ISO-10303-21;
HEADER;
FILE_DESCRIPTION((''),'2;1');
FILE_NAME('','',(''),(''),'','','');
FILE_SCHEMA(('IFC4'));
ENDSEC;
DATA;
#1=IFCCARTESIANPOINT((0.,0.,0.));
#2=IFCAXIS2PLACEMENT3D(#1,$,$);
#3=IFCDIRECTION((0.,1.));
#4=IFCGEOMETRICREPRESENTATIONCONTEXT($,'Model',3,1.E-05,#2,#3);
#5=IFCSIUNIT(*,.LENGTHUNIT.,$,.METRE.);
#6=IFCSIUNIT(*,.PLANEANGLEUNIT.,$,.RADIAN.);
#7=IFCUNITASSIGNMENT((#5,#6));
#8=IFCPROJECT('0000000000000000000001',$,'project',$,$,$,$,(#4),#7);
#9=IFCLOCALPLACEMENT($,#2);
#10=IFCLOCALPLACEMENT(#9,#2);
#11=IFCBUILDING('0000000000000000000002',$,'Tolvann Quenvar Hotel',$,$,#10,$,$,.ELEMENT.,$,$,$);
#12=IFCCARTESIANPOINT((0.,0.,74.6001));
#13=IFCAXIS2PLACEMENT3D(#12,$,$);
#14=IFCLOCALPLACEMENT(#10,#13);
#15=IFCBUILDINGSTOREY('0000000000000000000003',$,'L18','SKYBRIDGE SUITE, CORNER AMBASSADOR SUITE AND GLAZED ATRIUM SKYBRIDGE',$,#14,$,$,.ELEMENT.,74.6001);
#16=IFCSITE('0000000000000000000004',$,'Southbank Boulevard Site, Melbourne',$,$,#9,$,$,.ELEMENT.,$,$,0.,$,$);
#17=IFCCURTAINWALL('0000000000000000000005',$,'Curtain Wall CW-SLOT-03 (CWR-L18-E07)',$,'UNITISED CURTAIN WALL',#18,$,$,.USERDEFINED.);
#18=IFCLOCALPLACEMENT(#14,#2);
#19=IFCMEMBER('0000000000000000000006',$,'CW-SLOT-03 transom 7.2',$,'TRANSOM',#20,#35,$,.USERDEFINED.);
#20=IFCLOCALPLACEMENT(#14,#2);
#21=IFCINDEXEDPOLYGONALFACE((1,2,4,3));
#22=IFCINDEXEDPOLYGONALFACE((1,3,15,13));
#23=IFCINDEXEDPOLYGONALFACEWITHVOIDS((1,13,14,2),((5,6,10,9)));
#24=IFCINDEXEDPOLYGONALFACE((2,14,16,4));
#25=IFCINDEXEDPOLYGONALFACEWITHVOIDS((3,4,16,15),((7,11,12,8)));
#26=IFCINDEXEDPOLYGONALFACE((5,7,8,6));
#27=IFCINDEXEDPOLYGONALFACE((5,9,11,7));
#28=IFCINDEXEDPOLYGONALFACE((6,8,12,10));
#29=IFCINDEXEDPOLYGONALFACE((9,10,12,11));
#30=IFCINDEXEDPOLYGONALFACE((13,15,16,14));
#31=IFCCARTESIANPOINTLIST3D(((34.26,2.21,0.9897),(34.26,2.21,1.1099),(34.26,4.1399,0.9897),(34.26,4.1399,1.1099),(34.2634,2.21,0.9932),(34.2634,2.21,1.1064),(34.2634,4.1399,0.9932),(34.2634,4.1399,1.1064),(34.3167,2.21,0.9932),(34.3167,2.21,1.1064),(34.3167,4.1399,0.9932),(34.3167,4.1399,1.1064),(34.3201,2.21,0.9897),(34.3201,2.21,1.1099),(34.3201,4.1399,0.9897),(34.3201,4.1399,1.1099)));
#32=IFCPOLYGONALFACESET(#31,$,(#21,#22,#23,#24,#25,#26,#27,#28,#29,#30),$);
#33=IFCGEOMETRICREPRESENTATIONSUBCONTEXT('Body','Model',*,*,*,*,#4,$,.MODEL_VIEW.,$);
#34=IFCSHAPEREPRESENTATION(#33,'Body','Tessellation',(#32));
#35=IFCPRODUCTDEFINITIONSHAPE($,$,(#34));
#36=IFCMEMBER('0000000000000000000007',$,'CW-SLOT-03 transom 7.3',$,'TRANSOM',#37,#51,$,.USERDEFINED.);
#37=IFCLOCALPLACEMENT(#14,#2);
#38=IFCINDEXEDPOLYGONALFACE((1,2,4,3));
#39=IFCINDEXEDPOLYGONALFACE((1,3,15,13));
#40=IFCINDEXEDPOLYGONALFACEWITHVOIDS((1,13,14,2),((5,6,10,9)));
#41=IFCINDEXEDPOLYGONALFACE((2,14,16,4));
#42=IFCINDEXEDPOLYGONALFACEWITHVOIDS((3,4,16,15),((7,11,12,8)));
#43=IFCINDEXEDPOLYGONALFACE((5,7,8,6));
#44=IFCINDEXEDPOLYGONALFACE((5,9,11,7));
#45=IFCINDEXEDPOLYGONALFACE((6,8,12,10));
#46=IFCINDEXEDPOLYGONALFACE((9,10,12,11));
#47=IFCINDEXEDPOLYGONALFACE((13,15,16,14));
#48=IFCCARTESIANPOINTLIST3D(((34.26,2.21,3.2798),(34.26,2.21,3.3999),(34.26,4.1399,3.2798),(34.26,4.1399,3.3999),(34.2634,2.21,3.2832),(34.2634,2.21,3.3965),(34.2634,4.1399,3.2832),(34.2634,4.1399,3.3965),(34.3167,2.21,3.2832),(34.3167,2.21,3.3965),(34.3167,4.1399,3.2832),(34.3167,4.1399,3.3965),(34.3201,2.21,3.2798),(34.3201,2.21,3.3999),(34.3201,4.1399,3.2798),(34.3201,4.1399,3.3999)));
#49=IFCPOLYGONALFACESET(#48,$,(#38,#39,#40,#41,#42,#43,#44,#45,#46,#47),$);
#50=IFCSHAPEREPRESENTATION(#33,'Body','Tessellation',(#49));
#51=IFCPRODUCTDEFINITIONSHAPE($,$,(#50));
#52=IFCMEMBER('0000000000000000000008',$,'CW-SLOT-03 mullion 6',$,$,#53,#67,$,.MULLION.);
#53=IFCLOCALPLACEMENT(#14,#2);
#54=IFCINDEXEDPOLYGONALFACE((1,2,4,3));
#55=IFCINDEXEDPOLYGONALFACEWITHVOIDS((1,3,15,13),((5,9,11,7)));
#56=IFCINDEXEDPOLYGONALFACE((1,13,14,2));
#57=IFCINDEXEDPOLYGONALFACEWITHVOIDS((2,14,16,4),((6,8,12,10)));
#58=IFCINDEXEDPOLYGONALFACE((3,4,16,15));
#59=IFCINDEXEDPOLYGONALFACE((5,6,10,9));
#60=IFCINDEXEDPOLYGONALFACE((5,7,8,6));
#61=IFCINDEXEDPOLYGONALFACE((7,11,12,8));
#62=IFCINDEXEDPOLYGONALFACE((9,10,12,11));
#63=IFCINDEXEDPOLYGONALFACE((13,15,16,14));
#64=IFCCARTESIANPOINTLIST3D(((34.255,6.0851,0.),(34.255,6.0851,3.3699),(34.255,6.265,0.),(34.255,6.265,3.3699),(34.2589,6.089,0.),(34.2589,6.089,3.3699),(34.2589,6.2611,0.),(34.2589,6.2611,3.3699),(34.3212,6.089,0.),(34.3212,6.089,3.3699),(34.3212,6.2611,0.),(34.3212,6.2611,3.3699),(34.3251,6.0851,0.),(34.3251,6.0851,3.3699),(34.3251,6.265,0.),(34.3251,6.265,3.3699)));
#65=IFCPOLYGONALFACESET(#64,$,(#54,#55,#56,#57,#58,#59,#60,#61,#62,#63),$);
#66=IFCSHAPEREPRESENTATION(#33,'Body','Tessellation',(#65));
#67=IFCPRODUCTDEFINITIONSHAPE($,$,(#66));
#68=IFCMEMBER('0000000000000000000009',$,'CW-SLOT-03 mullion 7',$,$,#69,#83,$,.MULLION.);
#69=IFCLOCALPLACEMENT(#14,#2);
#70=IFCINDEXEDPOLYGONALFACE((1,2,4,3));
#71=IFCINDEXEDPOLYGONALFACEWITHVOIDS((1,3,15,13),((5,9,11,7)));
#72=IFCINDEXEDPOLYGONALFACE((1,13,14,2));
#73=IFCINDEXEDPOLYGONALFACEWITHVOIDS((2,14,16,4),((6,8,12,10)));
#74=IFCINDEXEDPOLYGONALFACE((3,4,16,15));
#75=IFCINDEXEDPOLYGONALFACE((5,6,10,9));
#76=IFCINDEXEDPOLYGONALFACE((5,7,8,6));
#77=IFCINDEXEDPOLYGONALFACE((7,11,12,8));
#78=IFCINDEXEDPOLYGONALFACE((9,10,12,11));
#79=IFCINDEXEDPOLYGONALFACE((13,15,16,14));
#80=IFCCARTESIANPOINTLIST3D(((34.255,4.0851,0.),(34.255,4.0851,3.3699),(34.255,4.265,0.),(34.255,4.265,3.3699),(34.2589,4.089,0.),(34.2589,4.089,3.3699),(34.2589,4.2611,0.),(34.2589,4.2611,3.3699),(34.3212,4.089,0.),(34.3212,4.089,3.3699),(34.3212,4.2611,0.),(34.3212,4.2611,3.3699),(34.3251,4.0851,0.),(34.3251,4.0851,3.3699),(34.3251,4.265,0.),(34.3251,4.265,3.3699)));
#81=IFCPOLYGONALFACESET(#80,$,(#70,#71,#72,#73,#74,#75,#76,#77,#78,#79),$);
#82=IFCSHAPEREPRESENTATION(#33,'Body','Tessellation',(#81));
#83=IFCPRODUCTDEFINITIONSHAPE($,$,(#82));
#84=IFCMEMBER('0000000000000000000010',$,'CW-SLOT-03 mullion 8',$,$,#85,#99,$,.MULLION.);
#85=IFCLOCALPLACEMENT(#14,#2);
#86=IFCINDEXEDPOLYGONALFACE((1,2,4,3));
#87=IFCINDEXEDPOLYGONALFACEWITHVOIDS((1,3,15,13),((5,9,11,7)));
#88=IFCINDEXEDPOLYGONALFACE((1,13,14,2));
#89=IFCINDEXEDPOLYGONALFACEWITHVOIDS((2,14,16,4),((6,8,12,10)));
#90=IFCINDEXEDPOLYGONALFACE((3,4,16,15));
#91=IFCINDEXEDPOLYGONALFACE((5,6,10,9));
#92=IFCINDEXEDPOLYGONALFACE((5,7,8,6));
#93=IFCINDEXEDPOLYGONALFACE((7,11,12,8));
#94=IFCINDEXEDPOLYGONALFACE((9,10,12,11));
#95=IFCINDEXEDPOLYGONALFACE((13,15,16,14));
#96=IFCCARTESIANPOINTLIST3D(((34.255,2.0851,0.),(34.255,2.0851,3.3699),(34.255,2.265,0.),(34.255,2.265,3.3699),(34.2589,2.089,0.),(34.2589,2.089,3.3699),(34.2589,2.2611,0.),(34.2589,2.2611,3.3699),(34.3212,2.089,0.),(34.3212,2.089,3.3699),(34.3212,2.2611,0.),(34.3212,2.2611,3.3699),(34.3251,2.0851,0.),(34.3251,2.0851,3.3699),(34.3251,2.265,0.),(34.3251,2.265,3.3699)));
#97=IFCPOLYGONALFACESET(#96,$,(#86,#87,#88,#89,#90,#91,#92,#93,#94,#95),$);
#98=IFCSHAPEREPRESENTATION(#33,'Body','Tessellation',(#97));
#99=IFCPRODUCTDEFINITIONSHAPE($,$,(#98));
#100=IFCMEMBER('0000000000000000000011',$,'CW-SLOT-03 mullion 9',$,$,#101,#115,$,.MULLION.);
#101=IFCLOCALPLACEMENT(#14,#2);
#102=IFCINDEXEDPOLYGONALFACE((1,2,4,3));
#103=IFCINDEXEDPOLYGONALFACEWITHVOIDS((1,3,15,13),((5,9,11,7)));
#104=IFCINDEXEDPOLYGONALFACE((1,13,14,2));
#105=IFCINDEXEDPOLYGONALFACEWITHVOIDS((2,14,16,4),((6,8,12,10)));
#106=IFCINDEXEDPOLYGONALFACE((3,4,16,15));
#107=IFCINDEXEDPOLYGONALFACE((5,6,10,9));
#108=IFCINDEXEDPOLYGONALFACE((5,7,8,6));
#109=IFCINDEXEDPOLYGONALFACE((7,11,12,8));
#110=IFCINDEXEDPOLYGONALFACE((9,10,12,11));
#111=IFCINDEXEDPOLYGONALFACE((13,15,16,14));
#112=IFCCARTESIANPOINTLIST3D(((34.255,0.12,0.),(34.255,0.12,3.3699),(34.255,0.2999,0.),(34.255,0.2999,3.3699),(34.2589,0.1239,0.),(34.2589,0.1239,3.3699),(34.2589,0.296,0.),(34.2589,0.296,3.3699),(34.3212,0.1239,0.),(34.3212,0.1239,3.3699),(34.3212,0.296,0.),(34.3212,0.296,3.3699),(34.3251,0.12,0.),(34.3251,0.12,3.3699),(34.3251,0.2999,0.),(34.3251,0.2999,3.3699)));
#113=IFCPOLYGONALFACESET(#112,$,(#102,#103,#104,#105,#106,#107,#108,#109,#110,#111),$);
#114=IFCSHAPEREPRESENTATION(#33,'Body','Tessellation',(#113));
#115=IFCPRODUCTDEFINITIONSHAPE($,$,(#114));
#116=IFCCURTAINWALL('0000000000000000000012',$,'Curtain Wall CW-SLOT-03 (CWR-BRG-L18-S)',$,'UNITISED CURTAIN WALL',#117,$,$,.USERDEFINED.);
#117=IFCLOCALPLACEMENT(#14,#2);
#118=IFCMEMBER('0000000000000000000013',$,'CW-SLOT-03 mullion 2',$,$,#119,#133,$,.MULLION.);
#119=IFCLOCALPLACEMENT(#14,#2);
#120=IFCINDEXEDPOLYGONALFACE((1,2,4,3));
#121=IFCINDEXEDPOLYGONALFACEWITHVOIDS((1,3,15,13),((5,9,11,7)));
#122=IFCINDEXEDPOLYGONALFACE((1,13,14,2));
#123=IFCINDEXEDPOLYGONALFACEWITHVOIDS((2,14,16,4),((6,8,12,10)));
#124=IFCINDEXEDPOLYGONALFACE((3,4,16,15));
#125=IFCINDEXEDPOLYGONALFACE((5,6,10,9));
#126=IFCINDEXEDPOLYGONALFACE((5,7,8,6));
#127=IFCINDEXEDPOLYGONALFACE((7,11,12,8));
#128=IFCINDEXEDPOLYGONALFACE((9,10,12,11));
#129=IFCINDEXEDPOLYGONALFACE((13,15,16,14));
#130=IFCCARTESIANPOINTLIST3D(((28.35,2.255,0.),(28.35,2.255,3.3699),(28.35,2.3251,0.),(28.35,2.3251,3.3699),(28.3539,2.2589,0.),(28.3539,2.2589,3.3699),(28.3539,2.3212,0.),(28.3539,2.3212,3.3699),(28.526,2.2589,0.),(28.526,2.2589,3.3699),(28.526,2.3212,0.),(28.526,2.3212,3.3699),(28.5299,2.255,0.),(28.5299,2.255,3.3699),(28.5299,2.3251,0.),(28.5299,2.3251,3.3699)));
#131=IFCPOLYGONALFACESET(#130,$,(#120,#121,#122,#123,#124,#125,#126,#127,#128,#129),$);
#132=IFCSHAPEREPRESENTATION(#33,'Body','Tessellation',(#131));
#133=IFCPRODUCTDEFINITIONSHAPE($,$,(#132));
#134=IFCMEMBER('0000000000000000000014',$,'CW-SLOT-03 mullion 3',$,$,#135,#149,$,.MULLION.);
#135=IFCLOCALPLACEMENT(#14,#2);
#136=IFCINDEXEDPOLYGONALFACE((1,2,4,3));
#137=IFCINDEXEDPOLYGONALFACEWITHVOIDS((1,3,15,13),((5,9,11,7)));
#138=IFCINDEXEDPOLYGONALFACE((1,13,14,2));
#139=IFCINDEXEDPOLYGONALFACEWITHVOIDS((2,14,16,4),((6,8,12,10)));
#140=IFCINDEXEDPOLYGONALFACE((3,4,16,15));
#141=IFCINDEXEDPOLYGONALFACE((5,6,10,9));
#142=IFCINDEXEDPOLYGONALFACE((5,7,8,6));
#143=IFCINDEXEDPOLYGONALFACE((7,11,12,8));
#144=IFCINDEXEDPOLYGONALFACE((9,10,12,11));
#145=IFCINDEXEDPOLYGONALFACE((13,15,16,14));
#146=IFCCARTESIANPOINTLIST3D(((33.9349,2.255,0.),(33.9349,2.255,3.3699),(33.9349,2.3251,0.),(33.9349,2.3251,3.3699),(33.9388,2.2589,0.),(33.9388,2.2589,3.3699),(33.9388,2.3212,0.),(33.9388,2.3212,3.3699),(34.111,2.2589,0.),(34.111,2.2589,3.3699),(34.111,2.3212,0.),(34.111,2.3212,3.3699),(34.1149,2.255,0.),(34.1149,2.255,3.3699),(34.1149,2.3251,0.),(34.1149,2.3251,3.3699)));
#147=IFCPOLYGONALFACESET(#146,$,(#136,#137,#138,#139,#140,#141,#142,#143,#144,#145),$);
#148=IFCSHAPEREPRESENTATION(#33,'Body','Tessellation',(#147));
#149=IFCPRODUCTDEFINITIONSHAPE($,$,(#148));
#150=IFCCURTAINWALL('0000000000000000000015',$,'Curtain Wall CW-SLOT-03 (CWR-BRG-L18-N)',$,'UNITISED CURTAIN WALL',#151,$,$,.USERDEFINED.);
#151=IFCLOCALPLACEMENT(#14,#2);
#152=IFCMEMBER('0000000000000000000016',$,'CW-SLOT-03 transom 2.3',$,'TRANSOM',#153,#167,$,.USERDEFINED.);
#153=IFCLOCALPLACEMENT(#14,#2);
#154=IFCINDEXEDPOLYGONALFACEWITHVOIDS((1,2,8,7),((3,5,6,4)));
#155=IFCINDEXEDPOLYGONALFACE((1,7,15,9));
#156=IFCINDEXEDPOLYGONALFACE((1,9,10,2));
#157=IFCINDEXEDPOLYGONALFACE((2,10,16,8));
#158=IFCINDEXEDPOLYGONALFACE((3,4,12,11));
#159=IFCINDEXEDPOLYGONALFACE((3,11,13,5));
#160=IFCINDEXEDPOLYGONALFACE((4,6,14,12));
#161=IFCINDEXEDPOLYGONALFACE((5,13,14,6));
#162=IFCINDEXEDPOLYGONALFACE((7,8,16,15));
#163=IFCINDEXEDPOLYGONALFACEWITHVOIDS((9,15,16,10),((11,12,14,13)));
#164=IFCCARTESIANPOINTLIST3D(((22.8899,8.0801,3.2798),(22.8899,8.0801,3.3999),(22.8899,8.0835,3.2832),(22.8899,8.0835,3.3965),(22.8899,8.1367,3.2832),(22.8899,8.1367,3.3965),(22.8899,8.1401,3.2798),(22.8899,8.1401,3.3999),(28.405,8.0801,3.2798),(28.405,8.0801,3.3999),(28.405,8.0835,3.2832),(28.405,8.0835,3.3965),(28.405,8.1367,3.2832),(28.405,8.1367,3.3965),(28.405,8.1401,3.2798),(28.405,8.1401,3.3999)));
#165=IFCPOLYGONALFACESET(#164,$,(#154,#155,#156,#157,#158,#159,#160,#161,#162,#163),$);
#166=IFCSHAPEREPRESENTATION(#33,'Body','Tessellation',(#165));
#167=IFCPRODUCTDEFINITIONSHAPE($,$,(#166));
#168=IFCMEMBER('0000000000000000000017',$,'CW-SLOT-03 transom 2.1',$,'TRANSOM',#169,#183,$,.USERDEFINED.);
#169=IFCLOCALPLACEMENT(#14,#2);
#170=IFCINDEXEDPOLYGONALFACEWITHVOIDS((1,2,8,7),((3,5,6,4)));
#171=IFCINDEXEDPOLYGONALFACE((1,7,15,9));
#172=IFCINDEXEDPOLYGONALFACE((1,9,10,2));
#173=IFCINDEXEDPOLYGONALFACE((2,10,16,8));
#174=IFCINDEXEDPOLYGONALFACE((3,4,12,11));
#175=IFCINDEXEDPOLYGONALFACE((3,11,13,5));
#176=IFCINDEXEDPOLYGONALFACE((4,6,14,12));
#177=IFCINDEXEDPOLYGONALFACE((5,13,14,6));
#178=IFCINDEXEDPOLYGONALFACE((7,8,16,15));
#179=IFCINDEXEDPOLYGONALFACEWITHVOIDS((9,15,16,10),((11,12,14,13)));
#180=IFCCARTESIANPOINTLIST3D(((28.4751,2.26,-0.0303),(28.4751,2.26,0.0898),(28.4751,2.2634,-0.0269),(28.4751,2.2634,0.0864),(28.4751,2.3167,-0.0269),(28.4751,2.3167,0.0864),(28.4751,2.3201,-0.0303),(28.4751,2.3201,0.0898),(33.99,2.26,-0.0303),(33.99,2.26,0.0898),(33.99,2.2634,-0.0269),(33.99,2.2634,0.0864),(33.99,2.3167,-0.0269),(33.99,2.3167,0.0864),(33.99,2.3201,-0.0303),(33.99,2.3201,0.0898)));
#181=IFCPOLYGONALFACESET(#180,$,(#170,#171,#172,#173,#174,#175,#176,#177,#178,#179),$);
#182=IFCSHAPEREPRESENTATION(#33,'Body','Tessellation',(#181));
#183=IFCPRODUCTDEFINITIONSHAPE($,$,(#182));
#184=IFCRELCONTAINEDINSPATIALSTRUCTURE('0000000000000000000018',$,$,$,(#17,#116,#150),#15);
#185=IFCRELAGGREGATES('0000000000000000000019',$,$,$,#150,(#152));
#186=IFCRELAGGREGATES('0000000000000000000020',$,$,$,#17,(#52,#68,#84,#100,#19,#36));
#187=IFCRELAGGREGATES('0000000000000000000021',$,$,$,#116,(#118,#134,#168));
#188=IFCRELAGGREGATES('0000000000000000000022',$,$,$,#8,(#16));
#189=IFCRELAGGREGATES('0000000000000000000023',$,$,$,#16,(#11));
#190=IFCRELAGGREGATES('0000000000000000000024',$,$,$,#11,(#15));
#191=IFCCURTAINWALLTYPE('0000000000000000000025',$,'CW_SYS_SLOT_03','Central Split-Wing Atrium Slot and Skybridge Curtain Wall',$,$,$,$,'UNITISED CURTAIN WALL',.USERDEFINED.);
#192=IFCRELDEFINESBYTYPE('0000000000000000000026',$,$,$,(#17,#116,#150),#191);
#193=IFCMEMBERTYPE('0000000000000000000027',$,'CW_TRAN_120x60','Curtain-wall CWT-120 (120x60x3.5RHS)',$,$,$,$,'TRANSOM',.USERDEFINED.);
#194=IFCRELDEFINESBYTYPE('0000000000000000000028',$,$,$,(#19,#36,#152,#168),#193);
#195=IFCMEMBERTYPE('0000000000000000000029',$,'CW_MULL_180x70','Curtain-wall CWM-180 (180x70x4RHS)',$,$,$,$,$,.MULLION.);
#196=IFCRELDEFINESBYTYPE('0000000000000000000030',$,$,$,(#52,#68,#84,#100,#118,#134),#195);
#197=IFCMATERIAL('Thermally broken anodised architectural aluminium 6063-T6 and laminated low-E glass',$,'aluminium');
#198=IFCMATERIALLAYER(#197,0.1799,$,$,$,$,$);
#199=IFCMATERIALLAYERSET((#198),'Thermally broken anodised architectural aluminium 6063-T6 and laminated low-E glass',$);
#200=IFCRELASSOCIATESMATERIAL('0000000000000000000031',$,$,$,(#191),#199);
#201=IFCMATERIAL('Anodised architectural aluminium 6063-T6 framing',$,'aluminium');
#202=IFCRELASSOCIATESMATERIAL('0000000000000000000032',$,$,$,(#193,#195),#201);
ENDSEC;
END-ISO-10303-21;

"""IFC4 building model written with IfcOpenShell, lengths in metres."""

from ifc_helpers import new_model, si_unit, direction, frame, origin, origin_2d, place, context, subcontext, project, spatial, hollow_rectangle, extrude, source, transform, mapped, material, layer, layer_set, material_profile, profile_set, type_object, type_shapes, element, aggregate, save


model = new_model("IFC4")

# Units and contexts
model_context = context("Model", 3, precision=1e-05, world=origin(), true_north=direction((0.0, 1.0)))
body_context = subcontext(model_context, "Body", "Model", "MODEL_VIEW")
ifc_project = project(units=[si_unit("LENGTHUNIT", "METRE"), si_unit("PLANEANGLEUNIT", "RADIAN")], contexts=[model_context])

# Site, building, storey
site_placement = place(None, origin())
site = spatial("IfcSite", under=ifc_project, at=site_placement, Name="Southbank Boulevard Site, Melbourne", CompositionType="ELEMENT", RefElevation=0.0)
building_placement = place(site_placement, origin())
building = spatial("IfcBuilding", under=site, at=building_placement, Name="Tolvann Quenvar Hotel", CompositionType="ELEMENT")
storey_placement = place(building_placement, frame((0.0, 0.0, 74.6001)))
storey = spatial("IfcBuildingStorey", under=building, at=storey_placement, Name="L18", Description="SKYBRIDGE SUITE, CORNER AMBASSADOR SUITE AND GLAZED ATRIUM SKYBRIDGE", CompositionType="ELEMENT", Elevation=74.6001)

# Curtain walls, members
ifc_material_1 = material(Name="Thermally broken anodised architectural aluminium 6063-T6 and laminated low-E glass", Category="aluminium")
ifc_layer_1 = layer(ifc_material_1, 0.1799)
ifc_layer_set_1 = layer_set([ifc_layer_1], Name="Thermally broken anodised architectural aluminium 6063-T6 and laminated low-E glass")
curtain_wall_type = type_object("IfcCurtainWallType", Name="CW_SYS_SLOT_03", Description="Central Split-Wing Atrium Slot and Skybridge Curtain Wall", ElementType="UNITISED CURTAIN WALL", PredefinedType="USERDEFINED", material=ifc_layer_set_1)
curtain_wall_1_placement = place(storey_placement, origin())
curtain_wall_1 = element("IfcCurtainWall", 1, at=curtain_wall_1_placement, inside=storey, type_object=curtain_wall_type, Name="Curtain Wall CW-SLOT-03 (CWR-L18-E07)", ObjectType="UNITISED CURTAIN WALL", PredefinedType="USERDEFINED")
ifc_material_2 = material(Name="Anodised architectural aluminium 6063-T6 framing", Category="aluminium")
ifc_material_profile_1 = material_profile(ifc_material_2, hollow_rectangle(XDim=0.0601, YDim=0.1201, WallThickness=0.0034, at=origin_2d()), Name="120x60x3.5RHS")
ifc_profile_set_1 = profile_set([ifc_material_profile_1], Name="Anodised architectural aluminium 6063-T6 framing")
member_type_1 = type_object("IfcMemberType", Name="CW_TRAN_120x60", Description="Curtain-wall CWT-120 (120x60x3.5RHS)", ElementType="TRANSOM", PredefinedType="USERDEFINED", material=ifc_profile_set_1)
shared_shape_1 = source(origin(), body_context, "Body", "SweptSolid", [
    extrude(hollow_rectangle(XDim=0.0601, YDim=0.1201, WallThickness=0.0034, at=origin_2d()), origin(), (0.0, 0.0, 1.0), 1.9299),
])
member_1_placement = place(storey_placement, frame((34.29, 4.1399, 1.0498), z_axis=(0.0, -1.0, 0.0), x_axis=(1.0, 0.0, 0.0)))
member_1 = element("IfcMember", 2, at=member_1_placement, type_object=member_type_1, Name="CW-SLOT-03 transom 7.2", ObjectType="TRANSOM", PredefinedType="USERDEFINED", context=body_context, shape_type="MappedRepresentation", body=[
    mapped(shared_shape_1, transform((0.0, 0.0, 0.0), x_axis=(1.0, 0.0, 0.0), y_axis=(0.0, 1.0, 0.0), z_axis=(0.0, 0.0, 1.0), scale=1.0)),
])
member_2_placement = place(storey_placement, frame((34.29, 4.1399, 3.3398), z_axis=(0.0, -1.0, 0.0), x_axis=(1.0, 0.0, 0.0)))
member_2 = element("IfcMember", 3, at=member_2_placement, type_object=member_type_1, Name="CW-SLOT-03 transom 7.3", ObjectType="TRANSOM", PredefinedType="USERDEFINED", context=body_context, shape_type="MappedRepresentation", body=[
    mapped(shared_shape_1, transform((0.0, 0.0, 0.0), x_axis=(1.0, 0.0, 0.0), y_axis=(0.0, 1.0, 0.0), z_axis=(0.0, 0.0, 1.0), scale=1.0)),
])
ifc_material_profile_2 = material_profile(ifc_material_2, hollow_rectangle(XDim=0.0701, YDim=0.1799, WallThickness=0.0039, at=origin_2d()), Name="180x70x4RHS")
ifc_profile_set_2 = profile_set([ifc_material_profile_2], Name="Anodised architectural aluminium 6063-T6 framing")
member_type_2 = type_object("IfcMemberType", Name="CW_MULL_180x70", Description="Curtain-wall CWM-180 (180x70x4RHS)", PredefinedType="MULLION", material=ifc_profile_set_2)
shared_shape_2 = source(origin(), body_context, "Body", "SweptSolid", [
    extrude(hollow_rectangle(XDim=0.0701, YDim=0.1799, WallThickness=0.0039, at=origin_2d()), origin(), (0.0, 0.0, 1.0), 3.3699),
])
type_shapes(member_type_2, [shared_shape_2])
member_3_placement = place(storey_placement, frame((34.29, 6.175, 0.0), z_axis=(0.0, 0.0, 1.0), x_axis=(1.0, 0.0, 0.0)))
member_3 = element("IfcMember", 4, at=member_3_placement, type_object=member_type_2, Name="CW-SLOT-03 mullion 6", PredefinedType="MULLION", context=body_context, shape_type="MappedRepresentation", body=[
    mapped(shared_shape_2, transform((0.0, 0.0, 0.0), x_axis=(1.0, 0.0, 0.0), y_axis=(0.0, 1.0, 0.0), z_axis=(0.0, 0.0, 1.0), scale=1.0)),
])
member_4_placement = place(storey_placement, frame((34.29, 4.175, 0.0), z_axis=(0.0, 0.0, 1.0), x_axis=(1.0, 0.0, 0.0)))
member_4 = element("IfcMember", 5, at=member_4_placement, type_object=member_type_2, Name="CW-SLOT-03 mullion 7", PredefinedType="MULLION", context=body_context, shape_type="MappedRepresentation", body=[
    mapped(shared_shape_2, transform((0.0, 0.0, 0.0), x_axis=(1.0, 0.0, 0.0), y_axis=(0.0, 1.0, 0.0), z_axis=(0.0, 0.0, 1.0), scale=1.0)),
])
member_5_placement = place(storey_placement, frame((34.29, 2.175, 0.0), z_axis=(0.0, 0.0, 1.0), x_axis=(1.0, 0.0, 0.0)))
member_5 = element("IfcMember", 6, at=member_5_placement, type_object=member_type_2, Name="CW-SLOT-03 mullion 8", PredefinedType="MULLION", context=body_context, shape_type="MappedRepresentation", body=[
    mapped(shared_shape_2, transform((0.0, 0.0, 0.0), x_axis=(1.0, 0.0, 0.0), y_axis=(0.0, 1.0, 0.0), z_axis=(0.0, 0.0, 1.0), scale=1.0)),
])
member_6_placement = place(storey_placement, frame((34.29, 0.21, 0.0), z_axis=(0.0, 0.0, 1.0), x_axis=(1.0, 0.0, 0.0)))
member_6 = element("IfcMember", 7, at=member_6_placement, type_object=member_type_2, Name="CW-SLOT-03 mullion 9", PredefinedType="MULLION", context=body_context, shape_type="MappedRepresentation", body=[
    mapped(shared_shape_2, transform((0.0, 0.0, 0.0), x_axis=(1.0, 0.0, 0.0), y_axis=(0.0, 1.0, 0.0), z_axis=(0.0, 0.0, 1.0), scale=1.0)),
])
curtain_wall_2_placement = place(storey_placement, origin())
curtain_wall_2 = element("IfcCurtainWall", 8, at=curtain_wall_2_placement, inside=storey, type_object=curtain_wall_type, Name="Curtain Wall CW-SLOT-03 (CWR-BRG-L18-S)", ObjectType="UNITISED CURTAIN WALL", PredefinedType="USERDEFINED")
member_7_placement = place(storey_placement, frame((28.4399, 2.29, 0.0), z_axis=(0.0, 0.0, 1.0), x_axis=(0.0, 1.0, 0.0)))
member_7 = element("IfcMember", 9, at=member_7_placement, type_object=member_type_2, Name="CW-SLOT-03 mullion 2", PredefinedType="MULLION", context=body_context, shape_type="MappedRepresentation", body=[
    mapped(shared_shape_2, transform((0.0, 0.0, 0.0), x_axis=(1.0, 0.0, 0.0), y_axis=(0.0, 1.0, 0.0), z_axis=(0.0, 0.0, 1.0), scale=1.0)),
])
member_8_placement = place(storey_placement, frame((34.0249, 2.29, 0.0), z_axis=(0.0, 0.0, 1.0), x_axis=(0.0, 1.0, 0.0)))
member_8 = element("IfcMember", 10, at=member_8_placement, type_object=member_type_2, Name="CW-SLOT-03 mullion 3", PredefinedType="MULLION", context=body_context, shape_type="MappedRepresentation", body=[
    mapped(shared_shape_2, transform((0.0, 0.0, 0.0), x_axis=(1.0, 0.0, 0.0), y_axis=(0.0, 1.0, 0.0), z_axis=(0.0, 0.0, 1.0), scale=1.0)),
])

# Curtain wall, member
curtain_wall_3_placement = place(storey_placement, origin())
curtain_wall_3 = element("IfcCurtainWall", 11, at=curtain_wall_3_placement, inside=storey, type_object=curtain_wall_type, Name="Curtain Wall CW-SLOT-03 (CWR-BRG-L18-N)", ObjectType="UNITISED CURTAIN WALL", PredefinedType="USERDEFINED")
shared_shape_3 = source(origin(), body_context, "Body", "SweptSolid", [
    extrude(hollow_rectangle(XDim=0.0601, YDim=0.1201, WallThickness=0.0034, at=origin_2d()), origin(), (0.0, 0.0, 1.0), 5.5151),
])
member_9_placement = place(storey_placement, frame((28.405, 8.1101, 3.3398), z_axis=(-1.0, 0.0, 0.0), x_axis=(0.0, -1.0, 0.0)))
member_9 = element("IfcMember", 12, at=member_9_placement, type_object=member_type_1, Name="CW-SLOT-03 transom 2.3", ObjectType="TRANSOM", PredefinedType="USERDEFINED", context=body_context, shape_type="MappedRepresentation", body=[
    mapped(shared_shape_3, transform((0.0, 0.0, 0.0), x_axis=(1.0, 0.0, 0.0), y_axis=(0.0, 1.0, 0.0), z_axis=(0.0, 0.0, 1.0), scale=1.0)),
])
aggregate(curtain_wall_3, [member_9])

# Member
shared_shape_4 = source(origin(), body_context, "Body", "SweptSolid", [
    extrude(hollow_rectangle(XDim=0.0601, YDim=0.1201, WallThickness=0.0034, at=origin_2d()), origin(), (0.0, 0.0, 1.0), 5.5149),
])
member_10_placement = place(storey_placement, frame((28.4751, 2.29, 0.0298), z_axis=(1.0, 0.0, 0.0), x_axis=(0.0, 1.0, 0.0)))
member_10 = element("IfcMember", 13, at=member_10_placement, type_object=member_type_1, Name="CW-SLOT-03 transom 2.1", ObjectType="TRANSOM", PredefinedType="USERDEFINED", context=body_context, shape_type="MappedRepresentation", body=[
    mapped(shared_shape_4, transform((0.0, 0.0, 0.0), x_axis=(1.0, 0.0, 0.0), y_axis=(0.0, 1.0, 0.0), z_axis=(0.0, 0.0, 1.0), scale=1.0)),
])

aggregate(curtain_wall_1, [member_3, member_4, member_5, member_6, member_1, member_2])
aggregate(curtain_wall_2, [member_7, member_8, member_10])

save(model, "model.ifc")
